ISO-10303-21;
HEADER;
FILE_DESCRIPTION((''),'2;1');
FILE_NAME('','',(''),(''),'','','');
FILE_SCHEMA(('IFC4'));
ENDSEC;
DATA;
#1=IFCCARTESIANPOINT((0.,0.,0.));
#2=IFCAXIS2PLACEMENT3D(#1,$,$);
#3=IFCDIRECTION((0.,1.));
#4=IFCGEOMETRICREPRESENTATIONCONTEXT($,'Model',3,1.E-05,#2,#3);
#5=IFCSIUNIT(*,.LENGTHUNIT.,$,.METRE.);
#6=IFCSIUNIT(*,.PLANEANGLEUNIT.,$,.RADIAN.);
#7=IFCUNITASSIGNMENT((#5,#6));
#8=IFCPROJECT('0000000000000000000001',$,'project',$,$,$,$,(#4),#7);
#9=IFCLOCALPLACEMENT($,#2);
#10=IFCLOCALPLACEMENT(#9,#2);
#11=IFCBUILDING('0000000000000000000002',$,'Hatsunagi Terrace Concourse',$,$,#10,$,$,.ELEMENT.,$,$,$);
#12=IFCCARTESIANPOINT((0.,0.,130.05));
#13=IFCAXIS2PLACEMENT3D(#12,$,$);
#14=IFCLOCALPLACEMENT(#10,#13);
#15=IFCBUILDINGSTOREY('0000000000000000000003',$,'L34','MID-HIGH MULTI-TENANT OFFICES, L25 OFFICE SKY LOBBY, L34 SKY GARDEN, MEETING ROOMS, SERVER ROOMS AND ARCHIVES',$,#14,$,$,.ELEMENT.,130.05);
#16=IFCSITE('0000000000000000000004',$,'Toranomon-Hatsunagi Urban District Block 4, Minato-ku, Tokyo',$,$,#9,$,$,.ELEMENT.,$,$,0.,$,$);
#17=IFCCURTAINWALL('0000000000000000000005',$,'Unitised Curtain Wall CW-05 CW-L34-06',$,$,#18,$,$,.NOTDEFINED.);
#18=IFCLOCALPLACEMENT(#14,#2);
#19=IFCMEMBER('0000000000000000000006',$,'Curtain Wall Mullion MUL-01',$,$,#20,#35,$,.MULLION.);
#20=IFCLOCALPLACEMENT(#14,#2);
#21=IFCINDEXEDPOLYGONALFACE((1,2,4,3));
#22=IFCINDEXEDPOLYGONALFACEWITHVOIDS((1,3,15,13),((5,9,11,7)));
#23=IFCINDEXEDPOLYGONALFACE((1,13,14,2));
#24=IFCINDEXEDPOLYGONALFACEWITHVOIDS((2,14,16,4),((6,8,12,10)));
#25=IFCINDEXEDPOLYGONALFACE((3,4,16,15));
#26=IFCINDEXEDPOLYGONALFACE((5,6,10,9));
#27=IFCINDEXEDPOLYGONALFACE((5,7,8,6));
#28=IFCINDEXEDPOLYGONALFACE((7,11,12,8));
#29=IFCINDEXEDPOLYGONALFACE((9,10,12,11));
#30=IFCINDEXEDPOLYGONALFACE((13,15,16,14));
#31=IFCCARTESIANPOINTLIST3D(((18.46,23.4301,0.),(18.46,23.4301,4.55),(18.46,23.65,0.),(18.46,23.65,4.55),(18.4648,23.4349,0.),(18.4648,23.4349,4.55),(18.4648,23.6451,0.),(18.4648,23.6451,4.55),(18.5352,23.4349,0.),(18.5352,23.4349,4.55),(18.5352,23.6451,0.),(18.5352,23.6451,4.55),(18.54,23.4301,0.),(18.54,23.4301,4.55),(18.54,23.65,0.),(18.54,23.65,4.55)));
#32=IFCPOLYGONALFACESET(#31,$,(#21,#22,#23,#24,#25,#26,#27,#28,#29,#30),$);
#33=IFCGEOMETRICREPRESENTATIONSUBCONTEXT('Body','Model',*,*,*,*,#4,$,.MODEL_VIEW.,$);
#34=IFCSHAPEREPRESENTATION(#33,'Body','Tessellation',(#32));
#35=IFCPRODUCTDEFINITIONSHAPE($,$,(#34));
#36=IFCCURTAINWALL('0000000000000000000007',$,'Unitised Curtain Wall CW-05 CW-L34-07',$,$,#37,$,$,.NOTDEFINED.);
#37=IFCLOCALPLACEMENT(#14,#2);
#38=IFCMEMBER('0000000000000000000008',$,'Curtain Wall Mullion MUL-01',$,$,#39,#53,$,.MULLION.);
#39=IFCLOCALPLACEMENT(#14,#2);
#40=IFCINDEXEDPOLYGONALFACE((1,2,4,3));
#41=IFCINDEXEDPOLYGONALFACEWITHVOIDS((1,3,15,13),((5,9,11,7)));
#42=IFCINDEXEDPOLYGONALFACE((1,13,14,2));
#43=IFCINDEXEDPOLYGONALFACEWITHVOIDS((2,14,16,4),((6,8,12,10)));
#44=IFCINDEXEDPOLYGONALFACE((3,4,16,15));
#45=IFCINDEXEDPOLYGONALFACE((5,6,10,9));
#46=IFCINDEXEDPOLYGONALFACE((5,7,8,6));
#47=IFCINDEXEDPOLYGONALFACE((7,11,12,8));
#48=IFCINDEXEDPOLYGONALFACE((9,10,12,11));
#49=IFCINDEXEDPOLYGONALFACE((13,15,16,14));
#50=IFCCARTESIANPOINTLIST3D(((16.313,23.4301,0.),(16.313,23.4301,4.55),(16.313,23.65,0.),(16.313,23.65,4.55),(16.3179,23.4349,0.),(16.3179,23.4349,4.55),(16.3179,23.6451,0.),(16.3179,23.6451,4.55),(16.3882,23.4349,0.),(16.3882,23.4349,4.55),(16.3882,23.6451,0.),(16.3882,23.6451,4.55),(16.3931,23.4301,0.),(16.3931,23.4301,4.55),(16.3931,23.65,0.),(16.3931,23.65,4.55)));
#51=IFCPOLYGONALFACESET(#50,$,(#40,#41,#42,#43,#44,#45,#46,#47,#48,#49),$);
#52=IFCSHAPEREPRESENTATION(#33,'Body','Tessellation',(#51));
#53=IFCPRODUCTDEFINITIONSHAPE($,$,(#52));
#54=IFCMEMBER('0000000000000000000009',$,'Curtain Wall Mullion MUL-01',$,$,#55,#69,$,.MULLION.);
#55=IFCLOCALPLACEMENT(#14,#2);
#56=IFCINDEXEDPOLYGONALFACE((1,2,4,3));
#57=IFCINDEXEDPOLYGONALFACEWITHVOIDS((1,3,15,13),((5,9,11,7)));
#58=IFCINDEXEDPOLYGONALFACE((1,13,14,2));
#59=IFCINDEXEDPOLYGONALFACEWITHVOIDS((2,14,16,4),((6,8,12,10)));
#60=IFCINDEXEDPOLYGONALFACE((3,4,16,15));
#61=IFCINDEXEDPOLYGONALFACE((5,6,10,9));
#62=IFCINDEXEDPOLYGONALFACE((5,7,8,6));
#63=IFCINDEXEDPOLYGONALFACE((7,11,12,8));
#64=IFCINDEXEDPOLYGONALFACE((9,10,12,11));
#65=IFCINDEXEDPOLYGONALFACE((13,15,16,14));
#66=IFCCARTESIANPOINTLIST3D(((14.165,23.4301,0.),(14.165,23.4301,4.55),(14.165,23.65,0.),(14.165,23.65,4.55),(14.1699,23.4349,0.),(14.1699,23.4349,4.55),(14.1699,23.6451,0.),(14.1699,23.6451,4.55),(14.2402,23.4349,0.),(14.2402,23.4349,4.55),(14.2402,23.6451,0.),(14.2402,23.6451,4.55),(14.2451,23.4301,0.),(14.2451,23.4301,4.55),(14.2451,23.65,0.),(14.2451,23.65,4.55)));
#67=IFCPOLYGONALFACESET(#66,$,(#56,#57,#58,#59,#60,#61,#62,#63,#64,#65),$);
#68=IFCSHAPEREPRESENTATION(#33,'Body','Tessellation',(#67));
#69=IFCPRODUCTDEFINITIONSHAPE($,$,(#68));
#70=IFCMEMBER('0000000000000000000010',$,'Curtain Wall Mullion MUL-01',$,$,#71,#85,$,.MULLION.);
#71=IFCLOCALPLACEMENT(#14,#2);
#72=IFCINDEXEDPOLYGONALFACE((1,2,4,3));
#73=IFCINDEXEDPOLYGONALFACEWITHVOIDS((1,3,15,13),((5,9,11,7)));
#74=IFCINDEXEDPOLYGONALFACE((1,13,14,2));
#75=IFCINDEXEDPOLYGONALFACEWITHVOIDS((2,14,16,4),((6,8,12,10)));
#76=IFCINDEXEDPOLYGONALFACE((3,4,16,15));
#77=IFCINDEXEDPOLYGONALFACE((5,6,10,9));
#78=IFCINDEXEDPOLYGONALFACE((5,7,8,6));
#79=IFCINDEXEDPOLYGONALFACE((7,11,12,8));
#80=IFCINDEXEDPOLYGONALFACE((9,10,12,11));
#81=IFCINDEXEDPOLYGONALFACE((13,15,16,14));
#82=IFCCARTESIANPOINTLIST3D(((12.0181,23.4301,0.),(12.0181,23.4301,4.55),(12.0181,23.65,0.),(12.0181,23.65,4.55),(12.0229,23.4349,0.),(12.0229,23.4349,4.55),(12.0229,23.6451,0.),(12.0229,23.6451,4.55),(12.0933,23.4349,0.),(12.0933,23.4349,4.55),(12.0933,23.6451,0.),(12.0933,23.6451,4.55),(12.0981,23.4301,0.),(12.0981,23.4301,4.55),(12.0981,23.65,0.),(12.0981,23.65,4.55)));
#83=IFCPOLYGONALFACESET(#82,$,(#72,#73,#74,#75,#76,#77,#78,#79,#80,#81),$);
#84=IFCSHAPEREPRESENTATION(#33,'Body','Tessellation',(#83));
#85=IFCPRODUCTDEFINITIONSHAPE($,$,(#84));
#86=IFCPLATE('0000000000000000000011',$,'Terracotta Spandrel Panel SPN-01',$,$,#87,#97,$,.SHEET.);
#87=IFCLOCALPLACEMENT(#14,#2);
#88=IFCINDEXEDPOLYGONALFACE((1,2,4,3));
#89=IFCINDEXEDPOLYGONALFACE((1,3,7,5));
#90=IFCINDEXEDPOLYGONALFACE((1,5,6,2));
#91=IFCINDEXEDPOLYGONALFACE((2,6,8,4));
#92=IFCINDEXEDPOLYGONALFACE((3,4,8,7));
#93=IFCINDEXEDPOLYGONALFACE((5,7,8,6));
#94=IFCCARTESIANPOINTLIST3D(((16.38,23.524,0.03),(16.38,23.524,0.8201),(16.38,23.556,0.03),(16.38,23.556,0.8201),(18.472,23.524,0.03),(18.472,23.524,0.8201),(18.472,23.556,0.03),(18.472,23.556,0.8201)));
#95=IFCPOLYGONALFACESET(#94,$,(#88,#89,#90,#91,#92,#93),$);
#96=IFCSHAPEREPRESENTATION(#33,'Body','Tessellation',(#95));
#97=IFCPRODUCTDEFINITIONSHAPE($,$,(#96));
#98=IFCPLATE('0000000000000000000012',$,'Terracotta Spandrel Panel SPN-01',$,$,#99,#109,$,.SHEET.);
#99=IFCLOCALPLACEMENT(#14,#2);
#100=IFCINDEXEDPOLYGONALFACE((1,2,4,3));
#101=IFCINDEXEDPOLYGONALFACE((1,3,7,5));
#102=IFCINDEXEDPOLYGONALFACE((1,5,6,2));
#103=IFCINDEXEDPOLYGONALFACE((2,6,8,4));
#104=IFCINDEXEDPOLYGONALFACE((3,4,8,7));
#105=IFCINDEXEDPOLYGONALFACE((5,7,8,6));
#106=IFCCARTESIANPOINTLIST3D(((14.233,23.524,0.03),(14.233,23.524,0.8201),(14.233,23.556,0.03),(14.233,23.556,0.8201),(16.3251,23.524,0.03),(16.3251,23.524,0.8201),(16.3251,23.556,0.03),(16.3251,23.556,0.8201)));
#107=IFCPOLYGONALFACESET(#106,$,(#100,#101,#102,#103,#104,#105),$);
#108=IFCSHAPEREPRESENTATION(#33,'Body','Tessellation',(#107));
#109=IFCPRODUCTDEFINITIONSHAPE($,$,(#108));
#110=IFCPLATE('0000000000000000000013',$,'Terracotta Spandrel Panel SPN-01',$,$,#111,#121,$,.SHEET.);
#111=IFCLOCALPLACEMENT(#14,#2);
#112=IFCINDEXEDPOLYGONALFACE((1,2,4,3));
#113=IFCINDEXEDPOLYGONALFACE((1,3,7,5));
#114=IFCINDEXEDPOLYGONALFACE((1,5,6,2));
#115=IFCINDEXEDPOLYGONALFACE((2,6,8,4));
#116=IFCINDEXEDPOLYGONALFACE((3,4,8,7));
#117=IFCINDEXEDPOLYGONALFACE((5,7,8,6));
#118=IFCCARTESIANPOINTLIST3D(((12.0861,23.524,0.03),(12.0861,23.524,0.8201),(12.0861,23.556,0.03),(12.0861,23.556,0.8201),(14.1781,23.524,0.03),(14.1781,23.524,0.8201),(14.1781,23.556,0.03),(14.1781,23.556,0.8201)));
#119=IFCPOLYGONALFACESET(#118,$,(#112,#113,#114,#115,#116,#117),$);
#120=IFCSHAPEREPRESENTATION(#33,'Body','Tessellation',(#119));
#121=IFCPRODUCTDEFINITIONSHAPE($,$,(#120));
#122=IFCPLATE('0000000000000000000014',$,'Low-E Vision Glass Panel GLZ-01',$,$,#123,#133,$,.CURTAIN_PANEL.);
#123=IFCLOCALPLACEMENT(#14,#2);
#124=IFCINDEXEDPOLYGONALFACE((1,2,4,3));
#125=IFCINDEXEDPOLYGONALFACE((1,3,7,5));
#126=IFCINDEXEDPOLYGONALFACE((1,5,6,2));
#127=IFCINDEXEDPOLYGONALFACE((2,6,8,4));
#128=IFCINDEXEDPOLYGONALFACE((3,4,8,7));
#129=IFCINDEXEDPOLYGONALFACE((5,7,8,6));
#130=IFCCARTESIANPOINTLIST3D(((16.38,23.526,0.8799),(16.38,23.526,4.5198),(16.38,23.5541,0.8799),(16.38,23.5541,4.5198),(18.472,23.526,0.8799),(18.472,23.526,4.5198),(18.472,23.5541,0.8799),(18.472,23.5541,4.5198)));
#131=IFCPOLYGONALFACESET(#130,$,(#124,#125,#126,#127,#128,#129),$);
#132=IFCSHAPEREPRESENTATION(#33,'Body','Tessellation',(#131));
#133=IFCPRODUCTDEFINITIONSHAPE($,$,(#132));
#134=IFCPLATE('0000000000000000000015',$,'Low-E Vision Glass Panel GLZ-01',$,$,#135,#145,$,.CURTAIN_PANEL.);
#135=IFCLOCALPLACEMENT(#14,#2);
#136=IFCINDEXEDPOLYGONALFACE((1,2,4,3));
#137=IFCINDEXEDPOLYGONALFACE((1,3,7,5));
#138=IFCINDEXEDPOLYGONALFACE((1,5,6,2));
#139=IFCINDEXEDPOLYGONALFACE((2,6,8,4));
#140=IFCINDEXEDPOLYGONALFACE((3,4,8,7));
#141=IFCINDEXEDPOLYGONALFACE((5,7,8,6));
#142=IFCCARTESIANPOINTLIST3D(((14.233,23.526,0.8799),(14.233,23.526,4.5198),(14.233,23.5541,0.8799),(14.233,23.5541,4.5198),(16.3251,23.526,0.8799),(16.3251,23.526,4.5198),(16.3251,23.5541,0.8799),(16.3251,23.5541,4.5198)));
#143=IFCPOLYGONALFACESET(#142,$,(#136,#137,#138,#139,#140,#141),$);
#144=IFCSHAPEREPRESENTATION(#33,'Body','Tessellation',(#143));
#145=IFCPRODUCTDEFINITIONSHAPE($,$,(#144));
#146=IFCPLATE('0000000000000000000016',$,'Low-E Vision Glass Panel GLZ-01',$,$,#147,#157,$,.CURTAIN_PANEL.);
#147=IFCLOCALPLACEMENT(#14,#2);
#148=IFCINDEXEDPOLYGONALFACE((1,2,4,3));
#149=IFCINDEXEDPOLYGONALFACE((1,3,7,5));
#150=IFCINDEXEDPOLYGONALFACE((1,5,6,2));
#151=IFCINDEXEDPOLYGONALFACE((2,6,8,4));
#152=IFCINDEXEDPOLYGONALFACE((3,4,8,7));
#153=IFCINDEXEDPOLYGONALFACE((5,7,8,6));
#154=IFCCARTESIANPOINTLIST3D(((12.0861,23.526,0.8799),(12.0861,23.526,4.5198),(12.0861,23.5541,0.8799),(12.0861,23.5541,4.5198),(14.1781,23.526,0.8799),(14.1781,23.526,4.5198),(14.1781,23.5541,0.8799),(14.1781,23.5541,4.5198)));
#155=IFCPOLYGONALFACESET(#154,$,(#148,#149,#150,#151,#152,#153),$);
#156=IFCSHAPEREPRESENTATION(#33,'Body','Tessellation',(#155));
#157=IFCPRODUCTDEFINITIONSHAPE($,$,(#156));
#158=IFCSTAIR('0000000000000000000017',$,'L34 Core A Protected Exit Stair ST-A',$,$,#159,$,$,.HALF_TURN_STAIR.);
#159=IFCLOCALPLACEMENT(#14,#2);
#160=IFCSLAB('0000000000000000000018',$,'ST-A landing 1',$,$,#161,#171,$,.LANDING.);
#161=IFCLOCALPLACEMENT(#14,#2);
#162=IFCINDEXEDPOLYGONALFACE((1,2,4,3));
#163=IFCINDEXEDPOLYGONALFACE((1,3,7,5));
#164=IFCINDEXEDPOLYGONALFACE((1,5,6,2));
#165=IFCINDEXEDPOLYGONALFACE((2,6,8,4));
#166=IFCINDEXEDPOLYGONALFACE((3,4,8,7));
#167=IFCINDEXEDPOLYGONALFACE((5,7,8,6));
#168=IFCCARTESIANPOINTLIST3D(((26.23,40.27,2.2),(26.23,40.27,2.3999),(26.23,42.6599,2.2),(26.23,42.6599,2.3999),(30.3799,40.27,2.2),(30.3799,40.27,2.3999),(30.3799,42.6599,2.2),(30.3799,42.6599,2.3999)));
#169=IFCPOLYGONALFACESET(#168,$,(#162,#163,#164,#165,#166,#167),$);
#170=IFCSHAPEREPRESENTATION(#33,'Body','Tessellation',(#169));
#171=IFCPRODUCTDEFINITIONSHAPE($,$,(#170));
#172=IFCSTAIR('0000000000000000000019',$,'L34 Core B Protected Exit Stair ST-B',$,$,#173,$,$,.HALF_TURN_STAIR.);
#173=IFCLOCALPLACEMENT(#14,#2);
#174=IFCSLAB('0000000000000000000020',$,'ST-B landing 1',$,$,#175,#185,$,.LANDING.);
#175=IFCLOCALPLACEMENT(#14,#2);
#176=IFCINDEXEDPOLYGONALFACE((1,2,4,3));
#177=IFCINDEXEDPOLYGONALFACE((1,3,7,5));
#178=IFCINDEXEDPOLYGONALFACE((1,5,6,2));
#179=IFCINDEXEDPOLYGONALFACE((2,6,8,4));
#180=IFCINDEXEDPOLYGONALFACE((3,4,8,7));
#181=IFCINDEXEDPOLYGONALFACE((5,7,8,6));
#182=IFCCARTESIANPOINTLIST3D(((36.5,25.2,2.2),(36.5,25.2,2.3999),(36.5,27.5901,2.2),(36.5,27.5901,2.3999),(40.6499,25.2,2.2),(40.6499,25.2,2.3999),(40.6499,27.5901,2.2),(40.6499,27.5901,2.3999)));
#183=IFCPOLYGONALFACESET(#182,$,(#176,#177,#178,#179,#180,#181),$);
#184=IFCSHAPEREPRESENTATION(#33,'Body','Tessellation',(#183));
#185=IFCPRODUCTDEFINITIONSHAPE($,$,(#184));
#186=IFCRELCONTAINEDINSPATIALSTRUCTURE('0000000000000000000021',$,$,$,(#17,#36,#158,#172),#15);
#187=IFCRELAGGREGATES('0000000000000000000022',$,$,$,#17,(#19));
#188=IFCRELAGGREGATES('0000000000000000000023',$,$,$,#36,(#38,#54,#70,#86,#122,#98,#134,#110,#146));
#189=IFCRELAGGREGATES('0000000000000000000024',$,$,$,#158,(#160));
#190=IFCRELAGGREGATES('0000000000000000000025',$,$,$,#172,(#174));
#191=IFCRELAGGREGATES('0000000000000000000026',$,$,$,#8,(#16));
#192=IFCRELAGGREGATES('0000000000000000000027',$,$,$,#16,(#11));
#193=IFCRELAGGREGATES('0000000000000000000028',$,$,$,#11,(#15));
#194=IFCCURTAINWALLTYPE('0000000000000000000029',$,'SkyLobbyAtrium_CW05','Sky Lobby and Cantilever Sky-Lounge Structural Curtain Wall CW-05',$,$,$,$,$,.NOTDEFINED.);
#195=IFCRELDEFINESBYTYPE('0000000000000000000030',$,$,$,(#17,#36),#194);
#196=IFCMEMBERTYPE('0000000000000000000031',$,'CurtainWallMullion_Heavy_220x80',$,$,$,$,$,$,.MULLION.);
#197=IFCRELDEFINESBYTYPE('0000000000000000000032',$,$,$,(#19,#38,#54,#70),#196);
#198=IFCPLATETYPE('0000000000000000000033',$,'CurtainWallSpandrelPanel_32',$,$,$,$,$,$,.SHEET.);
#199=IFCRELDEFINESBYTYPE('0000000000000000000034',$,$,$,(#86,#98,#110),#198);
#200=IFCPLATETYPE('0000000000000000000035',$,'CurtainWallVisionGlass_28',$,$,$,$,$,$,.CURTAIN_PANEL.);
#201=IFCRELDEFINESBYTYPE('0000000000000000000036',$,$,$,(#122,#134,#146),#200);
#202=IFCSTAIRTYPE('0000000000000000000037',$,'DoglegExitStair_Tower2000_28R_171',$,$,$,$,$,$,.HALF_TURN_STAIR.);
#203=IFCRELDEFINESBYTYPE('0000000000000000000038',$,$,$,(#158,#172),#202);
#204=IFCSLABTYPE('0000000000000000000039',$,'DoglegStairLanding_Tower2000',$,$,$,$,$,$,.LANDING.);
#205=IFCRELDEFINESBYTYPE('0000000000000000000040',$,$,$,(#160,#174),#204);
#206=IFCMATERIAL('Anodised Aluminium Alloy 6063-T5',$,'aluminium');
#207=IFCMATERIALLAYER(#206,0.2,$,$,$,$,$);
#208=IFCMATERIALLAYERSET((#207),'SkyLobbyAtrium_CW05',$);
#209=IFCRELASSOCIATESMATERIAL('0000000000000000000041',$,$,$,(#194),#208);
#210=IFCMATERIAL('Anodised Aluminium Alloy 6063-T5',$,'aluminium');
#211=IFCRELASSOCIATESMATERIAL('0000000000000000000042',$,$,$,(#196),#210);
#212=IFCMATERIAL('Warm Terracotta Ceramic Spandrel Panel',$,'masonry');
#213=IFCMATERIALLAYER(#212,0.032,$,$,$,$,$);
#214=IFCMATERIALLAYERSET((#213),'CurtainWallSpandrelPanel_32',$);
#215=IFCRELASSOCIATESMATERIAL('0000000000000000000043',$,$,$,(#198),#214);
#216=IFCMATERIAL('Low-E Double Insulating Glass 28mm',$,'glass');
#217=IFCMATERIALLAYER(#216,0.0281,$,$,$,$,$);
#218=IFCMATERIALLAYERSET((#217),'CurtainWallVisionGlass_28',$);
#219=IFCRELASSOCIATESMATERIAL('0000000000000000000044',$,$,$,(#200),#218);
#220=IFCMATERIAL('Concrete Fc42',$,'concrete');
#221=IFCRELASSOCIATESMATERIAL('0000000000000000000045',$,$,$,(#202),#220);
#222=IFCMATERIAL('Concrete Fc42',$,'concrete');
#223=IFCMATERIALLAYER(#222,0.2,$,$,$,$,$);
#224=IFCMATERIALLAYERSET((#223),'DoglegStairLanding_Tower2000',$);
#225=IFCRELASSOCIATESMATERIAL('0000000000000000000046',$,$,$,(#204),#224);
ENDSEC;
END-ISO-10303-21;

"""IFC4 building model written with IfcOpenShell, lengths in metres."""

from ifc_helpers import new_model, si_unit, direction, frame, origin, origin_2d, place, context, subcontext, project, spatial, polyline, rectangle, hollow_rectangle, outline, extrude, material, layer, layer_set, material_profile, profile_set, type_object, element, aggregate, save


model = new_model("IFC4")

# Units and contexts
model_context = context("Model", 3, precision=1e-05, world=origin(), true_north=direction((0.0, 1.0)))
body_context = subcontext(model_context, "Body", "Model", "MODEL_VIEW")
ifc_project = project(units=[si_unit("LENGTHUNIT", "METRE"), si_unit("PLANEANGLEUNIT", "RADIAN")], contexts=[model_context])

# Site, building, storey
site_placement = place(None, origin())
site = spatial("IfcSite", under=ifc_project, at=site_placement, Name="Toranomon-Hatsunagi Urban District Block 4, Minato-ku, Tokyo", CompositionType="ELEMENT", RefElevation=0.0)
building_placement = place(site_placement, origin())
building = spatial("IfcBuilding", under=site, at=building_placement, Name="Hatsunagi Terrace Concourse", CompositionType="ELEMENT")
storey_placement = place(building_placement, frame((0.0, 0.0, 130.05)))
storey = spatial("IfcBuildingStorey", under=building, at=storey_placement, Name="L34", Description="MID-HIGH MULTI-TENANT OFFICES, L25 OFFICE SKY LOBBY, L34 SKY GARDEN, MEETING ROOMS, SERVER ROOMS AND ARCHIVES", CompositionType="ELEMENT", Elevation=130.05)

# Curtain wall, member
ifc_material_1 = material(Name="Anodised Aluminium Alloy 6063-T5", Category="aluminium")
ifc_layer_1 = layer(ifc_material_1, 0.2)
ifc_layer_set_1 = layer_set([ifc_layer_1], Name="SkyLobbyAtrium_CW05")
curtain_wall_type = type_object("IfcCurtainWallType", Name="SkyLobbyAtrium_CW05", Description="Sky Lobby and Cantilever Sky-Lounge Structural Curtain Wall CW-05", PredefinedType="NOTDEFINED", material=ifc_layer_set_1)
curtain_wall_1_placement = place(storey_placement, origin())
curtain_wall_1 = element("IfcCurtainWall", 1, at=curtain_wall_1_placement, inside=storey, type_object=curtain_wall_type, Name="Unitised Curtain Wall CW-05 CW-L34-06", PredefinedType="NOTDEFINED")
ifc_material_2 = material(Name="Anodised Aluminium Alloy 6063-T5", Category="aluminium")
ifc_material_profile = material_profile(ifc_material_2, hollow_rectangle(XDim=0.0801, YDim=0.22, WallThickness=0.0049, at=origin_2d()), Name="ALU-MUL-220x80x5")
ifc_profile_set = profile_set([ifc_material_profile], Name="Anodised Aluminium Alloy 6063-T5")
member_type = type_object("IfcMemberType", Name="CurtainWallMullion_Heavy_220x80", PredefinedType="MULLION", material=ifc_profile_set)
member_1_placement = place(storey_placement, frame((18.5, 23.54, 0.0), z_axis=(0.0, 0.0, 1.0), x_axis=(-1.0, 0.0, 0.0)))
member_1 = element("IfcMember", 2, at=member_1_placement, type_object=member_type, Name="Curtain Wall Mullion MUL-01", PredefinedType="MULLION", context=body_context, shape_type="SweptSolid", body=[
    extrude(hollow_rectangle(XDim=0.0801, YDim=0.22, WallThickness=0.0049, at=origin_2d()), origin(), (0.0, 0.0, 1.0), 4.55),
])
aggregate(curtain_wall_1, [member_1])

# Curtain wall, members, plates
curtain_wall_2_placement = place(storey_placement, origin())
curtain_wall_2 = element("IfcCurtainWall", 3, at=curtain_wall_2_placement, inside=storey, type_object=curtain_wall_type, Name="Unitised Curtain Wall CW-05 CW-L34-07", PredefinedType="NOTDEFINED")
member_2_placement = place(storey_placement, frame((16.353, 23.54, 0.0), z_axis=(0.0, 0.0, 1.0), x_axis=(-1.0, 0.0, 0.0)))
member_2 = element("IfcMember", 4, at=member_2_placement, type_object=member_type, Name="Curtain Wall Mullion MUL-01", PredefinedType="MULLION", context=body_context, shape_type="SweptSolid", body=[
    extrude(hollow_rectangle(XDim=0.0801, YDim=0.22, WallThickness=0.0049, at=origin_2d()), origin(), (0.0, 0.0, 1.0), 4.55),
])
member_3_placement = place(storey_placement, frame((14.2051, 23.54, 0.0), z_axis=(0.0, 0.0, 1.0), x_axis=(-1.0, 0.0, 0.0)))
member_3 = element("IfcMember", 5, at=member_3_placement, type_object=member_type, Name="Curtain Wall Mullion MUL-01", PredefinedType="MULLION", context=body_context, shape_type="SweptSolid", body=[
    extrude(hollow_rectangle(XDim=0.0801, YDim=0.22, WallThickness=0.0049, at=origin_2d()), origin(), (0.0, 0.0, 1.0), 4.55),
])
member_4_placement = place(storey_placement, frame((12.0581, 23.54, 0.0), z_axis=(0.0, 0.0, 1.0), x_axis=(-1.0, 0.0, 0.0)))
member_4 = element("IfcMember", 6, at=member_4_placement, type_object=member_type, Name="Curtain Wall Mullion MUL-01", PredefinedType="MULLION", context=body_context, shape_type="SweptSolid", body=[
    extrude(hollow_rectangle(XDim=0.0801, YDim=0.22, WallThickness=0.0049, at=origin_2d()), origin(), (0.0, 0.0, 1.0), 4.55),
])
ifc_material_3 = material(Name="Warm Terracotta Ceramic Spandrel Panel", Category="masonry")
ifc_layer_2 = layer(ifc_material_3, 0.032)
ifc_layer_set_2 = layer_set([ifc_layer_2], Name="CurtainWallSpandrelPanel_32")
plate_type_1 = type_object("IfcPlateType", Name="CurtainWallSpandrelPanel_32", PredefinedType="SHEET", material=ifc_layer_set_2)
plate_1_placement = place(storey_placement, frame((17.426, 23.54, 0.03), z_axis=(0.0, 0.0, 1.0), x_axis=(-1.0, 0.0, 0.0)))
plate_1 = element("IfcPlate", 7, at=plate_1_placement, type_object=plate_type_1, Name="Terracotta Spandrel Panel SPN-01", PredefinedType="SHEET", context=body_context, shape_type="SweptSolid", body=[
    extrude(rectangle(XDim=2.092, YDim=0.032, at=origin_2d()), origin(), (0.0, 0.0, 1.0), 0.79),
])
plate_2_placement = place(storey_placement, frame((15.2791, 23.54, 0.03), z_axis=(0.0, 0.0, 1.0), x_axis=(-1.0, 0.0, 0.0)))
plate_2 = element("IfcPlate", 8, at=plate_2_placement, type_object=plate_type_1, Name="Terracotta Spandrel Panel SPN-01", PredefinedType="SHEET", context=body_context, shape_type="SweptSolid", body=[
    extrude(rectangle(XDim=2.092, YDim=0.032, at=origin_2d()), origin(), (0.0, 0.0, 1.0), 0.79),
])
plate_3_placement = place(storey_placement, frame((13.1321, 23.54, 0.03), z_axis=(0.0, 0.0, 1.0), x_axis=(-1.0, 0.0, 0.0)))
plate_3 = element("IfcPlate", 9, at=plate_3_placement, type_object=plate_type_1, Name="Terracotta Spandrel Panel SPN-01", PredefinedType="SHEET", context=body_context, shape_type="SweptSolid", body=[
    extrude(rectangle(XDim=2.092, YDim=0.032, at=origin_2d()), origin(), (0.0, 0.0, 1.0), 0.79),
])
ifc_material_4 = material(Name="Low-E Double Insulating Glass 28mm", Category="glass")
ifc_layer_3 = layer(ifc_material_4, 0.0281)
ifc_layer_set_3 = layer_set([ifc_layer_3], Name="CurtainWallVisionGlass_28")
plate_type_2 = type_object("IfcPlateType", Name="CurtainWallVisionGlass_28", PredefinedType="CURTAIN_PANEL", material=ifc_layer_set_3)
plate_4_placement = place(storey_placement, frame((17.426, 23.54, 0.8799), z_axis=(0.0, 0.0, 1.0), x_axis=(-1.0, 0.0, 0.0)))
plate_4 = element("IfcPlate", 10, at=plate_4_placement, type_object=plate_type_2, Name="Low-E Vision Glass Panel GLZ-01", PredefinedType="CURTAIN_PANEL", context=body_context, shape_type="SweptSolid", body=[
    extrude(rectangle(XDim=2.092, YDim=0.0281, at=origin_2d()), origin(), (0.0, 0.0, 1.0), 3.6399),
])
plate_5_placement = place(storey_placement, frame((15.2791, 23.54, 0.8799), z_axis=(0.0, 0.0, 1.0), x_axis=(-1.0, 0.0, 0.0)))
plate_5 = element("IfcPlate", 11, at=plate_5_placement, type_object=plate_type_2, Name="Low-E Vision Glass Panel GLZ-01", PredefinedType="CURTAIN_PANEL", context=body_context, shape_type="SweptSolid", body=[
    extrude(rectangle(XDim=2.092, YDim=0.0281, at=origin_2d()), origin(), (0.0, 0.0, 1.0), 3.6399),
])
plate_6_placement = place(storey_placement, frame((13.1321, 23.54, 0.8799), z_axis=(0.0, 0.0, 1.0), x_axis=(-1.0, 0.0, 0.0)))
plate_6 = element("IfcPlate", 12, at=plate_6_placement, type_object=plate_type_2, Name="Low-E Vision Glass Panel GLZ-01", PredefinedType="CURTAIN_PANEL", context=body_context, shape_type="SweptSolid", body=[
    extrude(rectangle(XDim=2.092, YDim=0.0281, at=origin_2d()), origin(), (0.0, 0.0, 1.0), 3.6399),
])
aggregate(curtain_wall_2, [member_2, member_3, member_4, plate_1, plate_4, plate_2, plate_5, plate_3, plate_6])

# Stairs, slabs
ifc_material_5 = material(Name="Concrete Fc42", Category="concrete")
stair_type = type_object("IfcStairType", Name="DoglegExitStair_Tower2000_28R_171", PredefinedType="HALF_TURN_STAIR", material=ifc_material_5)
stair_1_placement = place(storey_placement, origin())
stair_1 = element("IfcStair", 13, at=stair_1_placement, inside=storey, type_object=stair_type, Name="L34 Core A Protected Exit Stair ST-A", PredefinedType="HALF_TURN_STAIR")
ifc_material_6 = material(Name="Concrete Fc42", Category="concrete")
ifc_layer_4 = layer(ifc_material_6, 0.2)
ifc_layer_set_4 = layer_set([ifc_layer_4], Name="DoglegStairLanding_Tower2000")
slab_type_1 = type_object("IfcSlabType", Name="DoglegStairLanding_Tower2000", PredefinedType="LANDING", material=ifc_layer_set_4)
slab_1_placement = place(storey_placement, frame((0.0, 0.0, 2.2)))
slab_1 = element("IfcSlab", 14, at=slab_1_placement, type_object=slab_type_1, Name="ST-A landing 1", PredefinedType="LANDING", context=body_context, shape_type="SweptSolid", body=[
    extrude(outline(polyline([(30.3799, 40.27), (30.3799, 42.6599), (26.23, 42.6599), (26.23, 40.27), (30.3799, 40.27)])), origin(), (0.0, 0.0, 1.0), 0.2),
])
aggregate(stair_1, [slab_1])
stair_2_placement = place(storey_placement, origin())
stair_2 = element("IfcStair", 15, at=stair_2_placement, inside=storey, type_object=stair_type, Name="L34 Core B Protected Exit Stair ST-B", PredefinedType="HALF_TURN_STAIR")
slab_2_placement = place(storey_placement, frame((0.0, 0.0, 2.2)))
slab_2 = element("IfcSlab", 16, at=slab_2_placement, type_object=slab_type_1, Name="ST-B landing 1", PredefinedType="LANDING", context=body_context, shape_type="SweptSolid", body=[
    extrude(outline(polyline([(36.5, 27.5901), (36.5, 25.2), (40.6499, 25.2), (40.6499, 27.5901), (36.5, 27.5901)])), origin(), (0.0, 0.0, 1.0), 0.2),
])
aggregate(stair_2, [slab_2])

save(model, "model.ifc")
